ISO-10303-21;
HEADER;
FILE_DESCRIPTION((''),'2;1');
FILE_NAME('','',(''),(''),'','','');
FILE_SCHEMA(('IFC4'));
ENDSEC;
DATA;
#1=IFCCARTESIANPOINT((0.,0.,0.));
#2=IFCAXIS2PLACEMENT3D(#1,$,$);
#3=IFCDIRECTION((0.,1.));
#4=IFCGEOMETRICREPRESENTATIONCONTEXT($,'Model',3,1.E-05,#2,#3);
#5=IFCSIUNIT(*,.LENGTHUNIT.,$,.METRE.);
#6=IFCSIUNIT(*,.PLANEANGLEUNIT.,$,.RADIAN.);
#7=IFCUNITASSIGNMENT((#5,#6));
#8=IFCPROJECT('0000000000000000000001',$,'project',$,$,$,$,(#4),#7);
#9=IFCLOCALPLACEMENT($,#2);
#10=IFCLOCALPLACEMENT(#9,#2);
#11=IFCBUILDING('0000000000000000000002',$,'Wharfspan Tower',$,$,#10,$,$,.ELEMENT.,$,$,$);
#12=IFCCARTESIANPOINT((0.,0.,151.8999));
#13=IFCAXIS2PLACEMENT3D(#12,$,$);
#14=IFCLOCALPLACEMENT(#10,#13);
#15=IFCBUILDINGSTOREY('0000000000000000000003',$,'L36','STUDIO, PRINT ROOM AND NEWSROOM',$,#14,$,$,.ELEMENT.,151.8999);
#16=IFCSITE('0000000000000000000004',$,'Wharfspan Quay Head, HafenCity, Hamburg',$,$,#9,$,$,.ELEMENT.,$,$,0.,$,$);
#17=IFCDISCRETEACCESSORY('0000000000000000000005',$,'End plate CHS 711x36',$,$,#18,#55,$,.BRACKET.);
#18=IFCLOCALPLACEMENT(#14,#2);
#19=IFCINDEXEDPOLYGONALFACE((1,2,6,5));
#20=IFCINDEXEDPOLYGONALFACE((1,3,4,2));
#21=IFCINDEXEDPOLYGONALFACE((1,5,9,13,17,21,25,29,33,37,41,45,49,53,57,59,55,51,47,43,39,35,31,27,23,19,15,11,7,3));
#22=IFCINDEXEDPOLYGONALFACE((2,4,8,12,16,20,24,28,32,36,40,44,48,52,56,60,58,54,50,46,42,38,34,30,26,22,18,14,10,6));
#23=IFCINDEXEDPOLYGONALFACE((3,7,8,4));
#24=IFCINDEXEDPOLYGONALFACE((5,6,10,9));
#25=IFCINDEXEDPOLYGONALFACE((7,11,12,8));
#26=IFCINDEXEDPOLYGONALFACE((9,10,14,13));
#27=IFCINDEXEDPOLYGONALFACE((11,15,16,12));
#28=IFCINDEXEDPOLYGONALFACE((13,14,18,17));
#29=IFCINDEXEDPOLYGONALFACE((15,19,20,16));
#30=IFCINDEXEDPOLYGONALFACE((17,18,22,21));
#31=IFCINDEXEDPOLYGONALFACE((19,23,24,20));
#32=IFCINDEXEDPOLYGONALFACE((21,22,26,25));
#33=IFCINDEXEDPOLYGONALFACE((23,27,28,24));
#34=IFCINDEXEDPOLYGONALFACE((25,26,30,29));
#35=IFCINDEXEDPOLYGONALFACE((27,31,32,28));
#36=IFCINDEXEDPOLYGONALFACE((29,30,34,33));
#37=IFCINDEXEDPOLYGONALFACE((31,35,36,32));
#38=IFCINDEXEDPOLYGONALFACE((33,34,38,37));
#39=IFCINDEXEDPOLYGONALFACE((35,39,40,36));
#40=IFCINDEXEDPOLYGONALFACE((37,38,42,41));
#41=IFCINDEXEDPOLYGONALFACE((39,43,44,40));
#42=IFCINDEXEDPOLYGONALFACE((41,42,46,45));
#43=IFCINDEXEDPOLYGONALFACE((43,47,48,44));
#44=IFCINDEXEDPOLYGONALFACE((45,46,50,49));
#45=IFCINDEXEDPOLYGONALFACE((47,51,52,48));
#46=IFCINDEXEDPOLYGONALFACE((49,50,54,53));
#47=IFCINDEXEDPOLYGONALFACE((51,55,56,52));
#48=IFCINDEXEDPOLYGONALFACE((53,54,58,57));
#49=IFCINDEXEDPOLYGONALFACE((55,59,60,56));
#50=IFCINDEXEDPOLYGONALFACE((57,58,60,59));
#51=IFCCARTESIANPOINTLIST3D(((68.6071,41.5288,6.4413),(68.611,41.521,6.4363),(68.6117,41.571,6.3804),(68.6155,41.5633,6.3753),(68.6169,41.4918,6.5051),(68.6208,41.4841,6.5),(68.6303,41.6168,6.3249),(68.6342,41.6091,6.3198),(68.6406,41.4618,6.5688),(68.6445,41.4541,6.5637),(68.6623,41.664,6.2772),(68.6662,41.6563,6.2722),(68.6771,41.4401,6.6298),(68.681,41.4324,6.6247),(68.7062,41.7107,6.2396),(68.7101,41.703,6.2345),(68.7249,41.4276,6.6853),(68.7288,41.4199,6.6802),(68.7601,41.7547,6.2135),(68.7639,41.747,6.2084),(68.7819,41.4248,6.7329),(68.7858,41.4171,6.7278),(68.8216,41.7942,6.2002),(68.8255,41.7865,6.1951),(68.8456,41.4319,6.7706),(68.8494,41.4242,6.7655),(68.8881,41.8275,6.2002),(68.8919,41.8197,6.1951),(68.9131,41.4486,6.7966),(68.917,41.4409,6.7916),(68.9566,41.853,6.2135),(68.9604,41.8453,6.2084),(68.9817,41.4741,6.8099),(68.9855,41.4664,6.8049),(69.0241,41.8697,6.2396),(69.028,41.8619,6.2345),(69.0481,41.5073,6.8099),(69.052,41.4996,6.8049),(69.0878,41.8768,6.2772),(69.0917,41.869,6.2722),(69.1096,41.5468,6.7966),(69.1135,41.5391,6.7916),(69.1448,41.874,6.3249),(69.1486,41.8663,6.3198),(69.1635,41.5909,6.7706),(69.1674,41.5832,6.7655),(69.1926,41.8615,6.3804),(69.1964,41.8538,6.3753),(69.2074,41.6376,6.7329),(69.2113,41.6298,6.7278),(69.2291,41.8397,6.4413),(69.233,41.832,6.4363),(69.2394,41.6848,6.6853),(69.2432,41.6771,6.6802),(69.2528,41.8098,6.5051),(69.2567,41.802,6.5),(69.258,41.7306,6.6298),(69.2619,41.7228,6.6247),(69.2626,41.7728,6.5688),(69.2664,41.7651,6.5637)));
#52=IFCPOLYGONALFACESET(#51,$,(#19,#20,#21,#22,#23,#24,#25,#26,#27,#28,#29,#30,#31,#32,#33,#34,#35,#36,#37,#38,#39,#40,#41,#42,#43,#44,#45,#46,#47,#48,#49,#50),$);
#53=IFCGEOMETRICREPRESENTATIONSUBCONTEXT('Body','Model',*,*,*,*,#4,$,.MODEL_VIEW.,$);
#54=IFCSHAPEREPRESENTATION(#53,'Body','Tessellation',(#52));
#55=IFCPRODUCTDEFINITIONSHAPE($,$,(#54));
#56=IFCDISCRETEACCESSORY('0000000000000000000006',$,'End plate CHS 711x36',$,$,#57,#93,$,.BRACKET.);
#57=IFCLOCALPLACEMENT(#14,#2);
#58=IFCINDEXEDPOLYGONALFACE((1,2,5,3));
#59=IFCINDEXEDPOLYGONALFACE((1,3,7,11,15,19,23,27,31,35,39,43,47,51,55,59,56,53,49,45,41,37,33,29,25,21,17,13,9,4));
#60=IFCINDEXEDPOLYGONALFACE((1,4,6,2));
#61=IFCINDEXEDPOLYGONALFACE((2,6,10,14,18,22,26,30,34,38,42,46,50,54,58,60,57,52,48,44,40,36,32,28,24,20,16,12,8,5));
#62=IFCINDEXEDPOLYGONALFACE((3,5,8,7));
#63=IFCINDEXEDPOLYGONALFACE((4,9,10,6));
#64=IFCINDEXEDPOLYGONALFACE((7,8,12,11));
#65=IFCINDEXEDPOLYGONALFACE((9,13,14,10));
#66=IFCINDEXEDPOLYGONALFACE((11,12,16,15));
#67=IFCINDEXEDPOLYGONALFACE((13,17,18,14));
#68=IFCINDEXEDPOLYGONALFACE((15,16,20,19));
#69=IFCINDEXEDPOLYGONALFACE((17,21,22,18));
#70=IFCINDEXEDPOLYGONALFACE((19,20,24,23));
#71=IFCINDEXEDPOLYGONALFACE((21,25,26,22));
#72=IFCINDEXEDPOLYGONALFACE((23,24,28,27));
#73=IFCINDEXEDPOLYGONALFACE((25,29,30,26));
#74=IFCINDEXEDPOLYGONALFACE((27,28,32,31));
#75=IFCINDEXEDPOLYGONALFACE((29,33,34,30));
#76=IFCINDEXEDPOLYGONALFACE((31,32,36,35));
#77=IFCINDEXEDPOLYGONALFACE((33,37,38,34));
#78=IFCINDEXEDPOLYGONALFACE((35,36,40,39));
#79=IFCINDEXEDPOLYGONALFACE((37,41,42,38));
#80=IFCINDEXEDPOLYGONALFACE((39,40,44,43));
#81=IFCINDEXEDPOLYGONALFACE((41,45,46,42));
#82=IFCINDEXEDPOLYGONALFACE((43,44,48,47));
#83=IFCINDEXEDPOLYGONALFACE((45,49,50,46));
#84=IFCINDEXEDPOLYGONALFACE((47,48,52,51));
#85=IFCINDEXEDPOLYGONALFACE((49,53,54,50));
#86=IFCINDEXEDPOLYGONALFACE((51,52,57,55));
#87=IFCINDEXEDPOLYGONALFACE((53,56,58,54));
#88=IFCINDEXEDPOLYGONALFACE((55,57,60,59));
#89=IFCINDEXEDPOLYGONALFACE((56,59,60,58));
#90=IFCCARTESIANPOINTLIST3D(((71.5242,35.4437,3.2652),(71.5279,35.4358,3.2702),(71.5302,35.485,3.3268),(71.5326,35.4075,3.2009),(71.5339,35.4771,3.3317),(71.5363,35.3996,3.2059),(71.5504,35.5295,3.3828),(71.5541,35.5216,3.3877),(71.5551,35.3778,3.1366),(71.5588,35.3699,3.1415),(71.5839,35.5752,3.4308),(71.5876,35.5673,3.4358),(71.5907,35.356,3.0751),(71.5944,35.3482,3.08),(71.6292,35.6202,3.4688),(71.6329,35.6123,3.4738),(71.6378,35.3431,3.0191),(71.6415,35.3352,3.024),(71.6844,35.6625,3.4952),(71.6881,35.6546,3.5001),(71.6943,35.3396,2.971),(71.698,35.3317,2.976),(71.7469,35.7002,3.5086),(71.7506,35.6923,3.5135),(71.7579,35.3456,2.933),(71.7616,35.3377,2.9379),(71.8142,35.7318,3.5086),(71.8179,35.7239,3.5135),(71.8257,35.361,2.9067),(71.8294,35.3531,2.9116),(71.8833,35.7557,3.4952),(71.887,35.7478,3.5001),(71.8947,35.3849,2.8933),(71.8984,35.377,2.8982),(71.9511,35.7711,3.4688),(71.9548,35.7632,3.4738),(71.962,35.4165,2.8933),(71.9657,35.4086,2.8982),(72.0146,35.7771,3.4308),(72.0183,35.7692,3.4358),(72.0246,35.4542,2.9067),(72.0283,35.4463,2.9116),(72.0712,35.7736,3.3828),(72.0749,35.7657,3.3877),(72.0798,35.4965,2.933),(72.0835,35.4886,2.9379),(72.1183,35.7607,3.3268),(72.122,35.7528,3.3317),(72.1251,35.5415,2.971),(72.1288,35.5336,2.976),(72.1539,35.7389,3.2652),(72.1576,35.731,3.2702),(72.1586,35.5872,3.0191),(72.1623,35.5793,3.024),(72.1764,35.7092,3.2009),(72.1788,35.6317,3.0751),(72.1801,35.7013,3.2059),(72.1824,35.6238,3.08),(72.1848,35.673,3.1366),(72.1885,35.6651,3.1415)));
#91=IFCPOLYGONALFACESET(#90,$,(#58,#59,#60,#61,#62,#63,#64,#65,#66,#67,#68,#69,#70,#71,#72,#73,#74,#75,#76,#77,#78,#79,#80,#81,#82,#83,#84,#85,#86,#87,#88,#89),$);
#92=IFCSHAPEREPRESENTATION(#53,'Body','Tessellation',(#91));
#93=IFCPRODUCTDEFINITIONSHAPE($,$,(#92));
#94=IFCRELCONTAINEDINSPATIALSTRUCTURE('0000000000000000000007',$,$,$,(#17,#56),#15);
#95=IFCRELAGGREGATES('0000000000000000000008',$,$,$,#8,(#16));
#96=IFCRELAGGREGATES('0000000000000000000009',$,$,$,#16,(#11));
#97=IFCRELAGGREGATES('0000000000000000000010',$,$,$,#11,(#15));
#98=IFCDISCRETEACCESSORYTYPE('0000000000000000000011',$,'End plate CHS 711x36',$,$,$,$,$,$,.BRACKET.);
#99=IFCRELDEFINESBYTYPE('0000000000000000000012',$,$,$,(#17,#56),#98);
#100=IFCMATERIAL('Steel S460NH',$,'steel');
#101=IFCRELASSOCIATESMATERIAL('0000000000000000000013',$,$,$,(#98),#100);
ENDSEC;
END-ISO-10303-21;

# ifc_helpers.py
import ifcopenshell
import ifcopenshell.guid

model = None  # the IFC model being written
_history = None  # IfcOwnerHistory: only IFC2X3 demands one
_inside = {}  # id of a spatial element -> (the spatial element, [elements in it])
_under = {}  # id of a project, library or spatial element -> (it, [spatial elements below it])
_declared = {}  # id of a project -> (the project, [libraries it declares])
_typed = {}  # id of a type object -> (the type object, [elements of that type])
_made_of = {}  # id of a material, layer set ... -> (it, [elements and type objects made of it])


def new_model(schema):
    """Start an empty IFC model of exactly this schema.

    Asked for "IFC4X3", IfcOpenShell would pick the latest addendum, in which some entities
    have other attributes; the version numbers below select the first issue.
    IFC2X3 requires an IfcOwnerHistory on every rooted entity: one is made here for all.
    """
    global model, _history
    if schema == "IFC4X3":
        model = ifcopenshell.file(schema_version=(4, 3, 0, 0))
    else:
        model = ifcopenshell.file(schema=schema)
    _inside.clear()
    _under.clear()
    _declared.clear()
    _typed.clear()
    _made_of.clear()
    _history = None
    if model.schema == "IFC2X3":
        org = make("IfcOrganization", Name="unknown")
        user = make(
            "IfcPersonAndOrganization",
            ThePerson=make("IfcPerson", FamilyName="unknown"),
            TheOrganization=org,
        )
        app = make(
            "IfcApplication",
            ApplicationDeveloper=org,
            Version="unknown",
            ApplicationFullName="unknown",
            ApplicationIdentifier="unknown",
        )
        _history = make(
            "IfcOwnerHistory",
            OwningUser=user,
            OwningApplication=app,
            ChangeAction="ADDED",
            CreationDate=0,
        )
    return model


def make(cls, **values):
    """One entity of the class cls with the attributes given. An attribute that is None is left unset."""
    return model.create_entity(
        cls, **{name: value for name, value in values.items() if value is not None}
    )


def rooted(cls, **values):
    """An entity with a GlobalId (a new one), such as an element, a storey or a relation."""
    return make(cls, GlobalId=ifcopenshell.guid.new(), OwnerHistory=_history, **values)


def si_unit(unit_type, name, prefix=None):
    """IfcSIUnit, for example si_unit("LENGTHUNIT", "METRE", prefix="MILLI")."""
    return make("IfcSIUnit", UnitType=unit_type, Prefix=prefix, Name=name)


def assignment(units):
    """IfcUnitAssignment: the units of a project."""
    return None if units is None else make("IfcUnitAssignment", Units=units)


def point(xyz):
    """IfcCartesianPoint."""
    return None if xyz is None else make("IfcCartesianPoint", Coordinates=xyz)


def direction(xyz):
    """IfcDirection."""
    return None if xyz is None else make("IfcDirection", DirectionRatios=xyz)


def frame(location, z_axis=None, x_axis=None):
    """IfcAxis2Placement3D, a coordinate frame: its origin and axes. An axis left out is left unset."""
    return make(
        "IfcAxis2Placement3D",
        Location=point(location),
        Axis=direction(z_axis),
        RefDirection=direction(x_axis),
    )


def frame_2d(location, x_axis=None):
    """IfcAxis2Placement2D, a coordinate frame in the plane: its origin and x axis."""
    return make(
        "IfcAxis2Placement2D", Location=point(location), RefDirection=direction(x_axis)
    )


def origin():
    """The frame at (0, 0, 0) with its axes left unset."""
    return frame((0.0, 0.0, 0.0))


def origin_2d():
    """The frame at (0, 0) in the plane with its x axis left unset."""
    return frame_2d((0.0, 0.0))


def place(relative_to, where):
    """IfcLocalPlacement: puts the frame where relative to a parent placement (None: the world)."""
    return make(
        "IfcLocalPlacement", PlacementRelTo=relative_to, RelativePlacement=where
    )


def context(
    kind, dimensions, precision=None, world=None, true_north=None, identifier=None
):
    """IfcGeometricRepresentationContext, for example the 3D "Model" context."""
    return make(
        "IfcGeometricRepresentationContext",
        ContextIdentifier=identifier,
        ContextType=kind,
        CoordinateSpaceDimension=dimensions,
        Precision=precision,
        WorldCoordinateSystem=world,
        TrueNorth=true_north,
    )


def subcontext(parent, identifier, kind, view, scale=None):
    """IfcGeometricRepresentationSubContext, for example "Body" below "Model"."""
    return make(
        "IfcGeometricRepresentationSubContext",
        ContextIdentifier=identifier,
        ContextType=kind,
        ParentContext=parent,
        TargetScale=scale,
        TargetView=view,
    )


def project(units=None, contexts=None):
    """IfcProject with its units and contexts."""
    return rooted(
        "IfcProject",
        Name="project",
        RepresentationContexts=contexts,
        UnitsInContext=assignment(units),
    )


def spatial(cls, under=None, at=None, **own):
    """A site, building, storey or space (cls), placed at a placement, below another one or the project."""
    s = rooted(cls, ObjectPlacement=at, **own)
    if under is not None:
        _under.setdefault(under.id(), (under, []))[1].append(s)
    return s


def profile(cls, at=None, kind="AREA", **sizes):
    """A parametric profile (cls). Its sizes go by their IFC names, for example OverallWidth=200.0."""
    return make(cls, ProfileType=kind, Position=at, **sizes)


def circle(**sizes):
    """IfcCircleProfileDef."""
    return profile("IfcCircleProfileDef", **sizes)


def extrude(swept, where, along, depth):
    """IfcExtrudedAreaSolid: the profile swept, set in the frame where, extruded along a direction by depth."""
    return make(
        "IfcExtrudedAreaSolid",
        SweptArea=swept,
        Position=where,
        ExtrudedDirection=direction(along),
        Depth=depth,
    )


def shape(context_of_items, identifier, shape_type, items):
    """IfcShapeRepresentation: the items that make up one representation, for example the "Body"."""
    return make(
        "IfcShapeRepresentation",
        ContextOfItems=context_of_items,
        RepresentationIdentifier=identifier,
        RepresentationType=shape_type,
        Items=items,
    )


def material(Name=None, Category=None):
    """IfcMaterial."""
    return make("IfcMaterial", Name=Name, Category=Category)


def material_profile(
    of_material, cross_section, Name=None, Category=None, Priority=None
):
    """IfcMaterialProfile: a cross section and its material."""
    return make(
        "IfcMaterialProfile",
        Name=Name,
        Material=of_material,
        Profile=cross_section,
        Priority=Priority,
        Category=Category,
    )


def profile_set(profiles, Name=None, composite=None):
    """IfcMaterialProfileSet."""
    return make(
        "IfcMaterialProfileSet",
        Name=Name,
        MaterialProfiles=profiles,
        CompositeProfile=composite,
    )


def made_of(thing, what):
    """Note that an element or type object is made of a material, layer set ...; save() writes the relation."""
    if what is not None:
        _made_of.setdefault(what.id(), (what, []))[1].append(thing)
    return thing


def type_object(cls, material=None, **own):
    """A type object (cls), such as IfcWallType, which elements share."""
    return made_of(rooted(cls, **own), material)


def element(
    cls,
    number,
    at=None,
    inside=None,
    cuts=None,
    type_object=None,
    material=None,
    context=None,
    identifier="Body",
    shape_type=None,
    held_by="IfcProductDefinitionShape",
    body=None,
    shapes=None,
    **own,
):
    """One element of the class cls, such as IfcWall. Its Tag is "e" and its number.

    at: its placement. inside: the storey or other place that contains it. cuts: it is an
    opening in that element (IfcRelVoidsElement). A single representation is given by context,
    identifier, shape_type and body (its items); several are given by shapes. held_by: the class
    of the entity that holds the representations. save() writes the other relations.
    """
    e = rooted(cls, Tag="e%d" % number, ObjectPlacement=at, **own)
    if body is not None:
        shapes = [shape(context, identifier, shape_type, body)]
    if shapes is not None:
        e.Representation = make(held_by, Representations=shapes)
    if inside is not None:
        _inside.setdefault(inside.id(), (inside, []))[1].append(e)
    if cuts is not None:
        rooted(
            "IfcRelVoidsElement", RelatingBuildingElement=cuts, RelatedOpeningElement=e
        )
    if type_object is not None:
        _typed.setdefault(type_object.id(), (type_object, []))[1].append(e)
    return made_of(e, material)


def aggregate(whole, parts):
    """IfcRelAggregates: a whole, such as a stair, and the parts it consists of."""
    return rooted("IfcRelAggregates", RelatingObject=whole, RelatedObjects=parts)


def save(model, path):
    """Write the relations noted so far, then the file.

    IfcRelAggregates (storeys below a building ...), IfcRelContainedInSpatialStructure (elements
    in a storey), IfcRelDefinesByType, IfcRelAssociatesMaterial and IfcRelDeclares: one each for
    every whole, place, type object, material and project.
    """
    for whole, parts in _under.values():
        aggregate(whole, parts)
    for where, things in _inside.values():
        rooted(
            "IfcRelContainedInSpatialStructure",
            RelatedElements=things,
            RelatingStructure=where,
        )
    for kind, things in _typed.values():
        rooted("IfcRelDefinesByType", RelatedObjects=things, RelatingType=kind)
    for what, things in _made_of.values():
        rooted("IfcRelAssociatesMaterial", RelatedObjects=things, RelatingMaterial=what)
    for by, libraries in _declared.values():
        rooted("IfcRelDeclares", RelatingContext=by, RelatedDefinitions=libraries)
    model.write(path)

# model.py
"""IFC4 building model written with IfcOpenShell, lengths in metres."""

from ifc_helpers import new_model, si_unit, direction, frame, origin, origin_2d, place, context, subcontext, project, spatial, circle, extrude, material, material_profile, profile_set, type_object, element, save


model = new_model("IFC4")

# Units and contexts
model_context = context("Model", 3, precision=1e-05, world=origin(), true_north=direction((0.0, 1.0)))
body_context = subcontext(model_context, "Body", "Model", "MODEL_VIEW")
ifc_project = project(units=[si_unit("LENGTHUNIT", "METRE"), si_unit("PLANEANGLEUNIT", "RADIAN")], contexts=[model_context])

# Site, building, storey
site_placement = place(None, origin())
site = spatial("IfcSite", under=ifc_project, at=site_placement, Name="Wharfspan Quay Head, HafenCity, Hamburg", CompositionType="ELEMENT", RefElevation=0.0)
building_placement = place(site_placement, origin())
building = spatial("IfcBuilding", under=site, at=building_placement, Name="Wharfspan Tower", CompositionType="ELEMENT")
storey_placement = place(building_placement, frame((0.0, 0.0, 151.8999)))
storey = spatial("IfcBuildingStorey", under=building, at=storey_placement, Name="L36", Description="STUDIO, PRINT ROOM AND NEWSROOM", CompositionType="ELEMENT", Elevation=151.8999)

# Shared definitions
ifc_material_1 = material(Name="Steel S460NH", Category="steel")

# Discrete accessories
ifc_material_profile_1 = material_profile(ifc_material_1, circle(Radius=0.3555, at=origin_2d()))
ifc_profile_set_1 = profile_set([ifc_material_profile_1], Name="Steel S460NH")
discrete_accessory_type = type_object("IfcDiscreteAccessoryType", Name="End plate CHS 711x36", PredefinedType="BRACKET", material=ifc_profile_set_1)
for number, where, z_axis, x_axis, name in (
    (1, (68.9387, 41.6431, 6.5), (-0.385682, 0.771364, 0.506208), (-0.894428, -0.447214, 0.0), "End plate CHS 711x36"),
    (2, (71.8545, 35.5583, 3.2009), (0.369386, -0.788024, 0.492515), (0.905459, 0.424433, -0.000001), "End plate CHS 711x36"),
):
    element("IfcDiscreteAccessory", number, at=place(storey_placement, frame(where, z_axis=z_axis, x_axis=x_axis)), inside=storey, type_object=discrete_accessory_type, Name=name, PredefinedType="BRACKET", context=body_context, shape_type="SweptSolid", body=[
        extrude(circle(Radius=0.3555, at=origin_2d()), origin(), (0.0, 0.0, 1.0), 0.01),
    ])

save(model, "model.ifc")
